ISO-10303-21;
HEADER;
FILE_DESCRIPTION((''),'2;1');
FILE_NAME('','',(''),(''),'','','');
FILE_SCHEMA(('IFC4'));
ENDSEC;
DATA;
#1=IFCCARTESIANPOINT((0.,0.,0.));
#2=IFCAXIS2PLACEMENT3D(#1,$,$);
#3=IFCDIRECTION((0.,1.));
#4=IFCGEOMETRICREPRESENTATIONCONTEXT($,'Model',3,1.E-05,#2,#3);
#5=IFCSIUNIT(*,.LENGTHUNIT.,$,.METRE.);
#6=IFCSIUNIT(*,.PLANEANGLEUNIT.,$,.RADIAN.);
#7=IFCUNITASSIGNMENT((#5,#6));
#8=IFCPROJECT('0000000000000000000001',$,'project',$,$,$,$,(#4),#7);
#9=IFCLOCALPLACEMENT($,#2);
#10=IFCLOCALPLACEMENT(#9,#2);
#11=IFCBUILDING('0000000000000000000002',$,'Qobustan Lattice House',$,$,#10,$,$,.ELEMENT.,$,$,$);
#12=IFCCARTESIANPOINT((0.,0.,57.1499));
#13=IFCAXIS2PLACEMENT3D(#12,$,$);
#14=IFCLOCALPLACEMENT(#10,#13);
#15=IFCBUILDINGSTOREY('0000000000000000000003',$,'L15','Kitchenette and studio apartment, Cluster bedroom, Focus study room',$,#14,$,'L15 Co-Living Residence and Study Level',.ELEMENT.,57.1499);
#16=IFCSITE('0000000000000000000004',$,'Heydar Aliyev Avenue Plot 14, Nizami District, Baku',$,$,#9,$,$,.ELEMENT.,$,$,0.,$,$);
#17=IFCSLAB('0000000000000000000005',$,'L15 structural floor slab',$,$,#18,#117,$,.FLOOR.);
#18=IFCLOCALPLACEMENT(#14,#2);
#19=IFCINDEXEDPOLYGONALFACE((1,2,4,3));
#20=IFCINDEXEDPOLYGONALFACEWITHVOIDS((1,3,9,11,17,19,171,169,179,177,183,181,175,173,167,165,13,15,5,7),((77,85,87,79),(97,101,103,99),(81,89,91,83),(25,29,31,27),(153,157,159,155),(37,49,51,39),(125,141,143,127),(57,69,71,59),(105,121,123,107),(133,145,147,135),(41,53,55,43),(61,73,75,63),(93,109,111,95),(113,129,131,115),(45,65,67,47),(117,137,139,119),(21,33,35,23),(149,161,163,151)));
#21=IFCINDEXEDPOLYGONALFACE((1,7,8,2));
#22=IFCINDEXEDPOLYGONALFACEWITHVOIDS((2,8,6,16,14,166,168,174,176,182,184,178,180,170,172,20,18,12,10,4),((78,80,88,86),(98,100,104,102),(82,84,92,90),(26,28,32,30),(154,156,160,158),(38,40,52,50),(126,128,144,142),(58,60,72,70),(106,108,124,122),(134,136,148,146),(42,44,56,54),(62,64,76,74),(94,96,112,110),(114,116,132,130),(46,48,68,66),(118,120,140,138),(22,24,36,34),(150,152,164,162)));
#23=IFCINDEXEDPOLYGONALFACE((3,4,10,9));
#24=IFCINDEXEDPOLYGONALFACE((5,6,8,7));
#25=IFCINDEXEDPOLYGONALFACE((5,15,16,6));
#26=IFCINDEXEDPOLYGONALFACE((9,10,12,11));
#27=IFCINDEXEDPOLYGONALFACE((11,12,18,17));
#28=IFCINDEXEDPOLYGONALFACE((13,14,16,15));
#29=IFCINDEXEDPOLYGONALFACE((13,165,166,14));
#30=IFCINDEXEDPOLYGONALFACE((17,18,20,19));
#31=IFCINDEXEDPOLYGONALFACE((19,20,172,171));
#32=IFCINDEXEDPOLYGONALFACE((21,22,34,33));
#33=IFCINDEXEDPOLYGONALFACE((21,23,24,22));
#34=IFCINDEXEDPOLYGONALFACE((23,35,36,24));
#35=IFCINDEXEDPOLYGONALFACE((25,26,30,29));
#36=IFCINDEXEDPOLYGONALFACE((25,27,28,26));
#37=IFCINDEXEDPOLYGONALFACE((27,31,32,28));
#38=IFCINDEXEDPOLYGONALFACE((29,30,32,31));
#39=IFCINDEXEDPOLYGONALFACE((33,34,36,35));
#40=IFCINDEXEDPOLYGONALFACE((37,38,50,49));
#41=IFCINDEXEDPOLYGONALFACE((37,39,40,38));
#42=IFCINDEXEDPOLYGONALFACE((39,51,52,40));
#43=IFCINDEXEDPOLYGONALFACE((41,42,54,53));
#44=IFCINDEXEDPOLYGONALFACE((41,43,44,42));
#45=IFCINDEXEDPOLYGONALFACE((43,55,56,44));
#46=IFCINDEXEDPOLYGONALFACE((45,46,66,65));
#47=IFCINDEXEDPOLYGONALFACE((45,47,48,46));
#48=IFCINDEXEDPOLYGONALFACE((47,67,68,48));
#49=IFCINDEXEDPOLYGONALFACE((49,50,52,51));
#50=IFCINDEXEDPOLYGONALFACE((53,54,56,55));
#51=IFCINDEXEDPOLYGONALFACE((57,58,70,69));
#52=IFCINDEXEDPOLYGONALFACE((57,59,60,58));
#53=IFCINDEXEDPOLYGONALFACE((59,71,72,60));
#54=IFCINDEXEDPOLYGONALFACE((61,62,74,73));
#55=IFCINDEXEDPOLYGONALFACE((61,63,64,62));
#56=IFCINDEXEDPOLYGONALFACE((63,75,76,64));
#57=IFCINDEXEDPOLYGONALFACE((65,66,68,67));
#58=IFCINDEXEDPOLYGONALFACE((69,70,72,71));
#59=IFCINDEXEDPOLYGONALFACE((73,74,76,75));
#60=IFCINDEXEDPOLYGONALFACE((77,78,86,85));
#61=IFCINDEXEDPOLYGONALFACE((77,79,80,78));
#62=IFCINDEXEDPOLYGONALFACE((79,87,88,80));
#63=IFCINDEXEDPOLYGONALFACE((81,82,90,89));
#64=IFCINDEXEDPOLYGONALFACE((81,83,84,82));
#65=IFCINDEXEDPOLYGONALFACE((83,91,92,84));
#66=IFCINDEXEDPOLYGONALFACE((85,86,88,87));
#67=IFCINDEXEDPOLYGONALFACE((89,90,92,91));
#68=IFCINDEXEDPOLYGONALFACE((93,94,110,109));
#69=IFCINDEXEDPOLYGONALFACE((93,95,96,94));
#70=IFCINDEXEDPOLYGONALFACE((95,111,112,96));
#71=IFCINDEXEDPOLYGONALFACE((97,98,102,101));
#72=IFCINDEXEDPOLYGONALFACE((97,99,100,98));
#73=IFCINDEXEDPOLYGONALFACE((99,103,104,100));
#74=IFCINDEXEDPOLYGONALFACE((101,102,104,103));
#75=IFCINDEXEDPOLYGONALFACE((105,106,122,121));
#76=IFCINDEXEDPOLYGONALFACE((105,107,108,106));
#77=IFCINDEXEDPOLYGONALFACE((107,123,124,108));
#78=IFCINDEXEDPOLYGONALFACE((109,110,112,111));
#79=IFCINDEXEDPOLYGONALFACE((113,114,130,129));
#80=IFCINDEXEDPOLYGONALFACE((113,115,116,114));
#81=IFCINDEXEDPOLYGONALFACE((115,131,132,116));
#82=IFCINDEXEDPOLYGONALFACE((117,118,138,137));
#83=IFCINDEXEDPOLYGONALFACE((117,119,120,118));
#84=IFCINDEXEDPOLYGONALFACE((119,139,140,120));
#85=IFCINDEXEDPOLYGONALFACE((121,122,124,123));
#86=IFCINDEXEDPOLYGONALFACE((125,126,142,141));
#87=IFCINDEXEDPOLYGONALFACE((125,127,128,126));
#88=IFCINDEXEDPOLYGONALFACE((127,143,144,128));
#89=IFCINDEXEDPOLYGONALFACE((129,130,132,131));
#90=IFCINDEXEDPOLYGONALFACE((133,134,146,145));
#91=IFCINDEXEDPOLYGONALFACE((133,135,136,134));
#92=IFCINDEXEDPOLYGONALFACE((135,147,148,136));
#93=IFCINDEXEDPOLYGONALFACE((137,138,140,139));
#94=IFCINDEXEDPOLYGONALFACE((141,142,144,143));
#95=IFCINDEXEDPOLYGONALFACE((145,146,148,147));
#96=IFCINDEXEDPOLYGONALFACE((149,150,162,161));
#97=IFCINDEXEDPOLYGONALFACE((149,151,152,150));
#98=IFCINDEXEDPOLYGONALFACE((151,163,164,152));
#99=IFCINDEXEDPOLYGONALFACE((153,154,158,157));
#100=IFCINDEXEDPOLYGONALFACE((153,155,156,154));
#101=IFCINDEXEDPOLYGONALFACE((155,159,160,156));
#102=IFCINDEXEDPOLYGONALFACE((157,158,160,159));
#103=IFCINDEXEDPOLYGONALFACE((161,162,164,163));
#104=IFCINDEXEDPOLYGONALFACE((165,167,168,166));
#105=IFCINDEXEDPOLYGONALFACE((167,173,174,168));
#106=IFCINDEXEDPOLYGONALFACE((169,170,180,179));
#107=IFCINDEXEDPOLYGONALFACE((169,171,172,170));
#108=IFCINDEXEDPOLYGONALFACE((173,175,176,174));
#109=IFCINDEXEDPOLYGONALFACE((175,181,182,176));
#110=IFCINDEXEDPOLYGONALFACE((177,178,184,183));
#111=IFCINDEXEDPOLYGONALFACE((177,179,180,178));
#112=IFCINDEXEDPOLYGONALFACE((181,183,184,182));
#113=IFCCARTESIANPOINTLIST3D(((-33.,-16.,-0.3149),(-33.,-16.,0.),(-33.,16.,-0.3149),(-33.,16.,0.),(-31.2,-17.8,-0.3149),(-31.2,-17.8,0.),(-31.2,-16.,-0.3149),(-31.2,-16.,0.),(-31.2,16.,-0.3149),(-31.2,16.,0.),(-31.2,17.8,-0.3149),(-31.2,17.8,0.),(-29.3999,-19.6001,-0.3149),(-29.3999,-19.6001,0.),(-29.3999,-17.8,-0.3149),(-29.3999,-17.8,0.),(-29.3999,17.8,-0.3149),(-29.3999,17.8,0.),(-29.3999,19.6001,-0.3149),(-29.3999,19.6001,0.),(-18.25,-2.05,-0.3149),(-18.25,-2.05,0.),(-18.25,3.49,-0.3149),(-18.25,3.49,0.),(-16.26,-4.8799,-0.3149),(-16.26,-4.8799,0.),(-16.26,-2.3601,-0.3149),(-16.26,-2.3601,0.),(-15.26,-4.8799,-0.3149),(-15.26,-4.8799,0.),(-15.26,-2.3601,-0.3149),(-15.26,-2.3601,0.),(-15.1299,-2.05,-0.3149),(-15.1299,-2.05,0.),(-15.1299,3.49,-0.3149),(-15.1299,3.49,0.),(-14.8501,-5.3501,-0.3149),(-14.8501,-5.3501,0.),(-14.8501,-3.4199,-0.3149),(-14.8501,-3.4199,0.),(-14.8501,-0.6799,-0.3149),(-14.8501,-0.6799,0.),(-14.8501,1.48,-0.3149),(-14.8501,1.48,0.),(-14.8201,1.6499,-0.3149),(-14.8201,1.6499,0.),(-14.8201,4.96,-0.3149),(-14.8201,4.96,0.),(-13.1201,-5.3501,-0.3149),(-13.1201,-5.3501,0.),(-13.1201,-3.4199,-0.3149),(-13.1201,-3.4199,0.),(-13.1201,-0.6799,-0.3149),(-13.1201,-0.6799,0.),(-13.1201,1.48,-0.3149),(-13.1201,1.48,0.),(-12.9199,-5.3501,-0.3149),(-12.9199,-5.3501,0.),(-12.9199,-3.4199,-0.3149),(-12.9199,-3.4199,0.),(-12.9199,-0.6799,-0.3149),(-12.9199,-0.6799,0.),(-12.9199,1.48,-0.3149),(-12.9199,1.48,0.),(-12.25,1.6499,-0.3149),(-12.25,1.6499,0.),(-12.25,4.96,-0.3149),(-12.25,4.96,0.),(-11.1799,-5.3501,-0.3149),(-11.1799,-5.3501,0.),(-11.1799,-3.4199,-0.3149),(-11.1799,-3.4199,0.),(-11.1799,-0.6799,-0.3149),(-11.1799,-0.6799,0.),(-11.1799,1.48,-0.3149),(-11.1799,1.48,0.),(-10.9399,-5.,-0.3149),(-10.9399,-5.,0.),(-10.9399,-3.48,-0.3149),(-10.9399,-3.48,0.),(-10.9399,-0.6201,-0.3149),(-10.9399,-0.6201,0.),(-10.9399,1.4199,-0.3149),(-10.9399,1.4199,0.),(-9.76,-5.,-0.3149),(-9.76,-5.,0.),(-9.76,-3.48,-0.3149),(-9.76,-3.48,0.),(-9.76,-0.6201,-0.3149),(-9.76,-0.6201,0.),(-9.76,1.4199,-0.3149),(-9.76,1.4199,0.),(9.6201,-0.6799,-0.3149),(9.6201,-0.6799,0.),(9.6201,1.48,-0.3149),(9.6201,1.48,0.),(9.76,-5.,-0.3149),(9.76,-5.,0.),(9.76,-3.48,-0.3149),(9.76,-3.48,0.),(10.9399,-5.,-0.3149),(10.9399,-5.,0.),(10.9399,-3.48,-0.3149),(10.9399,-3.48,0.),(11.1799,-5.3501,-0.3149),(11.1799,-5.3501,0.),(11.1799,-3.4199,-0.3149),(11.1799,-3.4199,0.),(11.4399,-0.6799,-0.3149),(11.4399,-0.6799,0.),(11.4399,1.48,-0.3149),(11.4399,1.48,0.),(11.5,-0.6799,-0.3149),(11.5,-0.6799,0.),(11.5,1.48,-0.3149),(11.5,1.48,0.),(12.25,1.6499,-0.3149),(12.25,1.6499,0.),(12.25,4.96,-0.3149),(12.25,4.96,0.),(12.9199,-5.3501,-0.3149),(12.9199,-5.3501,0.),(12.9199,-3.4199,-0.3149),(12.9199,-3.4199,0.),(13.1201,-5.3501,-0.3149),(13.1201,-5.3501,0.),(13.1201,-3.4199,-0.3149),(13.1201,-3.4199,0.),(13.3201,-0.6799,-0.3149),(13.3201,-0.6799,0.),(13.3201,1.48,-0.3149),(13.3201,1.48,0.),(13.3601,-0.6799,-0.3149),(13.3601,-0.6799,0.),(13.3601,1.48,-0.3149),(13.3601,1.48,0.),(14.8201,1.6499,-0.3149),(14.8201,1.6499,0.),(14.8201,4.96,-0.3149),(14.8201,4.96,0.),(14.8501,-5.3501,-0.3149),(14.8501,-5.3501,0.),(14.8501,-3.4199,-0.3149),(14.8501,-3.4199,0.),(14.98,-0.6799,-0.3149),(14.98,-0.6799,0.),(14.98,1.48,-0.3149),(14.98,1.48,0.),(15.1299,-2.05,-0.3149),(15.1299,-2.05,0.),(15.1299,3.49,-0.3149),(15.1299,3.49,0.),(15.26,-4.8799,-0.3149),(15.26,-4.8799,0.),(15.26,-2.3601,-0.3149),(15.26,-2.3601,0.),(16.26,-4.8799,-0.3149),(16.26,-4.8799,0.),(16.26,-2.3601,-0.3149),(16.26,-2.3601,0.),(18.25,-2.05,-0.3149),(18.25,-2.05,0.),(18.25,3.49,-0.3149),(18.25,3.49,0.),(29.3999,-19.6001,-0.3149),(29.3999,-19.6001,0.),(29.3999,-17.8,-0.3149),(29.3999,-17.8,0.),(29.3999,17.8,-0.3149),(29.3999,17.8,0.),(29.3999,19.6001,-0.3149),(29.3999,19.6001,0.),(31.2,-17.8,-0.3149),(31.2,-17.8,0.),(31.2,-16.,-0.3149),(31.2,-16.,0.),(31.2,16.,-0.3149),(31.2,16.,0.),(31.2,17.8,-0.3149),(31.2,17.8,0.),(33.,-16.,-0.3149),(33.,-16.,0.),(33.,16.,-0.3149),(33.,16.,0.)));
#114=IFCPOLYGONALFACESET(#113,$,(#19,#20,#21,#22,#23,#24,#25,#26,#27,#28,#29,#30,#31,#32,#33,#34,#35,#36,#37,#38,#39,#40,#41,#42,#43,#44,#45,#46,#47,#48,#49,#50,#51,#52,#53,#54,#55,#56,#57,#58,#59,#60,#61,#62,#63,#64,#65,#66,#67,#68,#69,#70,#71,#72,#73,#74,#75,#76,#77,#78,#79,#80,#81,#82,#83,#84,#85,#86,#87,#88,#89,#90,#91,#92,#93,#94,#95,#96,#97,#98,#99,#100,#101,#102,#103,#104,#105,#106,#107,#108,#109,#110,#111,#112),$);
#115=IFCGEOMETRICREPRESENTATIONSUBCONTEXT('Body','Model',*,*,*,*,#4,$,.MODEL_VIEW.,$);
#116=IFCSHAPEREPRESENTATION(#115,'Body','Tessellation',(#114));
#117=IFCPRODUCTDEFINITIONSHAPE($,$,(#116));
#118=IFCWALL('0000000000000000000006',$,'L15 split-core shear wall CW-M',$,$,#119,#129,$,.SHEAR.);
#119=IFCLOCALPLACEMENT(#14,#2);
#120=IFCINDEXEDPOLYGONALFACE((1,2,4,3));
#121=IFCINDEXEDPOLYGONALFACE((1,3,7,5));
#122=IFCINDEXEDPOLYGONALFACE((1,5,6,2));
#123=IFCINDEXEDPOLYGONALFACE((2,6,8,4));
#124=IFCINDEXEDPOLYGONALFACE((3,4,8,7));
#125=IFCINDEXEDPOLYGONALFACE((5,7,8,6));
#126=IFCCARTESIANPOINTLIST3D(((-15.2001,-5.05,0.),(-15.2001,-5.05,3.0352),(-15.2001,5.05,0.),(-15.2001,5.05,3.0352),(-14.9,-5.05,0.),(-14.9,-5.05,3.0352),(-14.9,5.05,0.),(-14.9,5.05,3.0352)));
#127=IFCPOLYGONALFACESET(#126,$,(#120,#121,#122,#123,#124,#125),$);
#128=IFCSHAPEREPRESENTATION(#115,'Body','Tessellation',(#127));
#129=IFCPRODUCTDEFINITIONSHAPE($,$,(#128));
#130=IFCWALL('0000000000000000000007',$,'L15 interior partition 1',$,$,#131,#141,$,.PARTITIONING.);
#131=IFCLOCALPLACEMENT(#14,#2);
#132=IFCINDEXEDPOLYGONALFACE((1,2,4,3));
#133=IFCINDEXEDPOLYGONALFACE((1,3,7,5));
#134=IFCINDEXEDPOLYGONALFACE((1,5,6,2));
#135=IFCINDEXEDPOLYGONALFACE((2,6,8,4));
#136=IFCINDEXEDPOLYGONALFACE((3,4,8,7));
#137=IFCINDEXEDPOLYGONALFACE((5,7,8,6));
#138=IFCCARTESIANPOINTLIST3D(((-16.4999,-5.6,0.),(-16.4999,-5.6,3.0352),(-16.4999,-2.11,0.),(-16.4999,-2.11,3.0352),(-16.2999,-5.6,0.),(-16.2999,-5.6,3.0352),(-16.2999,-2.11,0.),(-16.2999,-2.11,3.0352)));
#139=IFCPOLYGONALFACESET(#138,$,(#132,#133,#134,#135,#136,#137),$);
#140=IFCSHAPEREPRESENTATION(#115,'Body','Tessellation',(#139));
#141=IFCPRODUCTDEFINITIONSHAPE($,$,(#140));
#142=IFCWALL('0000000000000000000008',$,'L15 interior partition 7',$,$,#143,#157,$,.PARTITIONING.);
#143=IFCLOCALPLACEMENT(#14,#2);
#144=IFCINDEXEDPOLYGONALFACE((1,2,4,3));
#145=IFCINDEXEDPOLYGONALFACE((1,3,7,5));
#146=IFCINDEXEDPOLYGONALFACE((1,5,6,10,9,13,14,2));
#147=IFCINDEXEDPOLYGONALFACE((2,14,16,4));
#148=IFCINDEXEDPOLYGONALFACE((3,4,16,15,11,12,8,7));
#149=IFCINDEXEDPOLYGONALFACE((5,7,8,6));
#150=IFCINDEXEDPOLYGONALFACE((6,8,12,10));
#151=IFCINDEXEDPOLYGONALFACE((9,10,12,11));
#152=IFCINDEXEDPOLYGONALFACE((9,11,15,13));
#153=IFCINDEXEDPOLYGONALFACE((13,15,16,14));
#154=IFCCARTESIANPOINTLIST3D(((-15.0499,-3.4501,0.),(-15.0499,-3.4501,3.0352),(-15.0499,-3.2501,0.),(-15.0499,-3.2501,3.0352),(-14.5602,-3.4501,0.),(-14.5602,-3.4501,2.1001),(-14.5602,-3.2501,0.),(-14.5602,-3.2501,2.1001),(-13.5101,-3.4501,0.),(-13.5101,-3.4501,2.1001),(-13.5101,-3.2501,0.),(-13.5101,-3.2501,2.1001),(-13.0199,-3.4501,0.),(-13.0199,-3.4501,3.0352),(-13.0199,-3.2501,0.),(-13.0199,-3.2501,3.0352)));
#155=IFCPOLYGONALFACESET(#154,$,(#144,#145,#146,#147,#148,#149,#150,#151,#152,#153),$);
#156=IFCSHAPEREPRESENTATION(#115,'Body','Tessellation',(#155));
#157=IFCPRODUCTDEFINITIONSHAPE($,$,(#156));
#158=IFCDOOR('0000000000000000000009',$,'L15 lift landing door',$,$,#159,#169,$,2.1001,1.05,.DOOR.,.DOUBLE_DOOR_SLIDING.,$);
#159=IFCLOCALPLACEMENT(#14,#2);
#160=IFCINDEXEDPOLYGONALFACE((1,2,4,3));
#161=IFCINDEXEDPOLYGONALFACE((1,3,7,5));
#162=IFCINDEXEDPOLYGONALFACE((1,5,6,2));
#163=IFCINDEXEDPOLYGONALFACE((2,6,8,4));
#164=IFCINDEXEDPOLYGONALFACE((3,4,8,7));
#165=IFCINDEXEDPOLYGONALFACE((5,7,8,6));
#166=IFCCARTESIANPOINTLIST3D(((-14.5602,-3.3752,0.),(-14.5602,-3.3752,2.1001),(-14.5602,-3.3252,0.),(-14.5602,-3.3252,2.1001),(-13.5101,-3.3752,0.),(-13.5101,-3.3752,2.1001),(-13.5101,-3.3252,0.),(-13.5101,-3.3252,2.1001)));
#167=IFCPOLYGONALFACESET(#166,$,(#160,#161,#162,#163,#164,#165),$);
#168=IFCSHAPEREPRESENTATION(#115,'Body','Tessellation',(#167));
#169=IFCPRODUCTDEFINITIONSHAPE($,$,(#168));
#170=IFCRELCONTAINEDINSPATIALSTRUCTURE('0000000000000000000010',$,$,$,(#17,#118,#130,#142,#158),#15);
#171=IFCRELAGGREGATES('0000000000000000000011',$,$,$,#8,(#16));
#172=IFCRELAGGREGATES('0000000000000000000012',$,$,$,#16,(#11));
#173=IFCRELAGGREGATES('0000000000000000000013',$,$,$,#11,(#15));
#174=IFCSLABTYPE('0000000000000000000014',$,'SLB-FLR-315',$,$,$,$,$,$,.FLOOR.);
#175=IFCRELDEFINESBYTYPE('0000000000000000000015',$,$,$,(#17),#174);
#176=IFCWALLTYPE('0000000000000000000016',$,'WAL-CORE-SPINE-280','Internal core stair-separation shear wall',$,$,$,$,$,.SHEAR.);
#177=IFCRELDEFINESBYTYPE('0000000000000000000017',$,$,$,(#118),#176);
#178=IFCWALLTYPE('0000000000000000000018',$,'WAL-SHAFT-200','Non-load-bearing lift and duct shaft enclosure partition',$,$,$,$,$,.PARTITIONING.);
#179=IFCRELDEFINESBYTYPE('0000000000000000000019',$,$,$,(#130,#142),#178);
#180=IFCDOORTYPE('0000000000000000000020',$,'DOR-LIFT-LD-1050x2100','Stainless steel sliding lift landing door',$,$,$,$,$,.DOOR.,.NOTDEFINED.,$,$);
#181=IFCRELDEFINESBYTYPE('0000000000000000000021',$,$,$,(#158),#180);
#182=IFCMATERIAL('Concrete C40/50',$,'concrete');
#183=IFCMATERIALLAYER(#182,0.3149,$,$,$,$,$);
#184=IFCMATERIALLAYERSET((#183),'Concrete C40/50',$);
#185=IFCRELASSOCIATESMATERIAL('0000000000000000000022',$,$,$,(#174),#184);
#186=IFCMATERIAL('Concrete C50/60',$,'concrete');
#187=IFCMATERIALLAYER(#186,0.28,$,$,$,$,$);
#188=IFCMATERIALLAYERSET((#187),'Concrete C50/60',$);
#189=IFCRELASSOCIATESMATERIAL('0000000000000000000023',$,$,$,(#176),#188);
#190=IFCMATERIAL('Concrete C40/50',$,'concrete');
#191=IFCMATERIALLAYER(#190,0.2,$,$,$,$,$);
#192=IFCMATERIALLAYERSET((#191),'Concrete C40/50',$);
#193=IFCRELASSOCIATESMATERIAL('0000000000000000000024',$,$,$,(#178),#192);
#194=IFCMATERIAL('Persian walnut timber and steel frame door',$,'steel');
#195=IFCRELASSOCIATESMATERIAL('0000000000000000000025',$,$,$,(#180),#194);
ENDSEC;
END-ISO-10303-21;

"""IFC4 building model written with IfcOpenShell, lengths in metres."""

from ifc_helpers import new_model, si_unit, direction, frame, frame_2d, origin, place, context, subcontext, project, spatial, polyline, rectangle, outline, extrude, material, layer, layer_set, type_object, element, fill, save


model = new_model("IFC4")

# Units and contexts
model_context = context("Model", 3, precision=1e-05, world=origin(), true_north=direction((0.0, 1.0)))
body_context = subcontext(model_context, "Body", "Model", "MODEL_VIEW")
ifc_project = project(units=[si_unit("LENGTHUNIT", "METRE"), si_unit("PLANEANGLEUNIT", "RADIAN")], contexts=[model_context])

# Site, building, storey
site_placement = place(None, origin())
site = spatial("IfcSite", under=ifc_project, at=site_placement, Name="Heydar Aliyev Avenue Plot 14, Nizami District, Baku", CompositionType="ELEMENT", RefElevation=0.0)
building_placement = place(site_placement, origin())
building = spatial("IfcBuilding", under=site, at=building_placement, Name="Qobustan Lattice House", CompositionType="ELEMENT")
storey_placement = place(building_placement, frame((0.0, 0.0, 57.1499)))
storey = spatial("IfcBuildingStorey", under=building, at=storey_placement, Name="L15", Description="Kitchenette and studio apartment, Cluster bedroom, Focus study room", LongName="L15 Co-Living Residence and Study Level", CompositionType="ELEMENT", Elevation=57.1499)

# Slab
ifc_material_1 = material(Name="Concrete C40/50", Category="concrete")
ifc_layer_1 = layer(ifc_material_1, 0.3149)
ifc_layer_set_1 = layer_set([ifc_layer_1], Name="Concrete C40/50")
slab_type = type_object("IfcSlabType", Name="SLB-FLR-315", PredefinedType="FLOOR", material=ifc_layer_set_1)
slab_placement = place(storey_placement, frame((0.0, 0.0, -0.3149)))
element("IfcSlab", 1, at=slab_placement, inside=storey, type_object=slab_type, Name="L15 structural floor slab", PredefinedType="FLOOR", context=body_context, shape_type="SweptSolid", body=[
    extrude(outline(polyline([(-29.3999, -19.6001), (29.3999, -19.6001), (29.3999, -17.8), (31.2, -17.8), (31.2, -16.0), (33.0, -16.0), (33.0, 16.0), (31.2, 16.0), (31.2, 17.8), (29.3999, 17.8), (29.3999, 19.6001), (-29.3999, 19.6001), (-29.3999, 17.8), (-31.2, 17.8), (-31.2, 16.0), (-33.0, 16.0), (-33.0, -16.0), (-31.2, -16.0), (-31.2, -17.8), (-29.3999, -17.8), (-29.3999, -19.6001)]), holes=[polyline([(-18.25, -2.05), (-18.25, 3.49), (-15.1299, 3.49), (-15.1299, -2.05), (-18.25, -2.05)]), polyline([(15.1299, -2.05), (15.1299, 3.49), (18.25, 3.49), (18.25, -2.05), (15.1299, -2.05)]), polyline([(-14.8201, 1.6499), (-14.8201, 4.96), (-12.25, 4.96), (-12.25, 1.6499), (-14.8201, 1.6499)]), polyline([(12.25, 1.6499), (12.25, 4.96), (14.8201, 4.96), (14.8201, 1.6499), (12.25, 1.6499)]), polyline([(-16.26, -4.8799), (-16.26, -2.3601), (-15.26, -2.3601), (-15.26, -4.8799), (-16.26, -4.8799)]), polyline([(15.26, -4.8799), (15.26, -2.3601), (16.26, -2.3601), (16.26, -4.8799), (15.26, -4.8799)]), polyline([(-14.8501, -5.3501), (-14.8501, -3.4199), (-13.1201, -3.4199), (-13.1201, -5.3501), (-14.8501, -5.3501)]), polyline([(-12.9199, -5.3501), (-12.9199, -3.4199), (-11.1799, -3.4199), (-11.1799, -5.3501), (-12.9199, -5.3501)]), polyline([(-14.8501, -0.6799), (-14.8501, 1.48), (-13.1201, 1.48), (-13.1201, -0.6799), (-14.8501, -0.6799)]), polyline([(-12.9199, -0.6799), (-12.9199, 1.48), (-11.1799, 1.48), (-11.1799, -0.6799), (-12.9199, -0.6799)]), polyline([(-10.9399, -5.0), (-10.9399, -3.48), (-9.76, -3.48), (-9.76, -5.0), (-10.9399, -5.0)]), polyline([(-10.9399, -0.6201), (-10.9399, 1.4199), (-9.76, 1.4199), (-9.76, -0.6201), (-10.9399, -0.6201)]), polyline([(11.1799, -5.3501), (11.1799, -3.4199), (12.9199, -3.4199), (12.9199, -5.3501), (11.1799, -5.3501)]), polyline([(13.1201, -5.3501), (13.1201, -3.4199), (14.8501, -3.4199), (14.8501, -5.3501), (13.1201, -5.3501)]), polyline([(9.76, -5.0), (9.76, -3.48), (10.9399, -3.48), (10.9399, -5.0), (9.76, -5.0)]), polyline([(13.3601, -0.6799), (13.3601, 1.48), (14.98, 1.48), (14.98, -0.6799), (13.3601, -0.6799)]), polyline([(9.6201, -0.6799), (9.6201, 1.48), (11.4399, 1.48), (11.4399, -0.6799), (9.6201, -0.6799)]), polyline([(11.5, -0.6799), (11.5, 1.48), (13.3201, 1.48), (13.3201, -0.6799), (11.5, -0.6799)])]), origin(), (0.0, 0.0, 1.0), 0.3149),
])

# Wall
ifc_material_2 = material(Name="Concrete C50/60", Category="concrete")
ifc_layer_2 = layer(ifc_material_2, 0.28)
ifc_layer_set_2 = layer_set([ifc_layer_2], Name="Concrete C50/60")
wall_type_1 = type_object("IfcWallType", Name="WAL-CORE-SPINE-280", Description="Internal core stair-separation shear wall", PredefinedType="SHEAR", material=ifc_layer_set_2)
wall_1_placement = place(storey_placement, frame((-15.05, -5.05, 0.0), z_axis=(0.0, 0.0, 1.0), x_axis=(0.0, 1.0, 0.0)))
element("IfcWall", 2, at=wall_1_placement, inside=storey, type_object=wall_type_1, Name="L15 split-core shear wall CW-M", PredefinedType="SHEAR", context=body_context, shape_type="SweptSolid", body=[
    extrude(rectangle(XDim=10.1001, YDim=0.3, at=frame_2d((5.05, 0.0))), origin(), (0.0, 0.0, 1.0), 3.0352),
])

# Wall
ifc_material_3 = material(Name="Concrete C40/50", Category="concrete")
ifc_layer_3 = layer(ifc_material_3, 0.2)
ifc_layer_set_3 = layer_set([ifc_layer_3], Name="Concrete C40/50")
wall_type_2 = type_object("IfcWallType", Name="WAL-SHAFT-200", Description="Non-load-bearing lift and duct shaft enclosure partition", PredefinedType="PARTITIONING", material=ifc_layer_set_3)
wall_2_placement = place(storey_placement, frame((-16.3999, -5.6001, 0.0), z_axis=(0.0, 0.0, 1.0), x_axis=(0.0, 1.0, 0.0)))
element("IfcWall", 3, at=wall_2_placement, inside=storey, type_object=wall_type_2, Name="L15 interior partition 1", PredefinedType="PARTITIONING", context=body_context, shape_type="SweptSolid", body=[
    extrude(rectangle(XDim=3.49, YDim=0.2, at=frame_2d((1.7451, 0.0))), origin(), (0.0, 0.0, 1.0), 3.0352),
])

# Wall, opening, door
wall_3_placement = place(storey_placement, frame((-15.05, -3.3501, 0.0), z_axis=(0.0, 0.0, 1.0), x_axis=(1.0, 0.0, 0.0)))
wall_3 = element("IfcWall", 4, at=wall_3_placement, inside=storey, type_object=wall_type_2, Name="L15 interior partition 7", PredefinedType="PARTITIONING", context=body_context, shape_type="SweptSolid", body=[
    extrude(rectangle(XDim=2.03, YDim=0.2, at=frame_2d((1.0151, 0.0))), origin(), (0.0, 0.0, 1.0), 3.0352),
])
opening_1_placement = place(wall_3_placement, frame((0.49, 0.0, 0.0)))
opening_1 = element("IfcOpeningElement", 5, at=opening_1_placement, cuts=wall_3, PredefinedType="OPENING", context=body_context, shape_type="SweptSolid", body=[
    extrude(rectangle(XDim=1.05, YDim=2.1001, at=frame_2d((0.5249, 1.05))), frame((0.0, 0.1099, 0.0), z_axis=(0.0, -1.0, 0.0), x_axis=(1.0, 0.0, 0.0)), (0.0, 0.0, 1.0), 0.22),
])
ifc_material_4 = material(Name="Persian walnut timber and steel frame door", Category="steel")
door_type_1 = type_object("IfcDoorType", Name="DOR-LIFT-LD-1050x2100", Description="Stainless steel sliding lift landing door", OperationType="NOTDEFINED", PredefinedType="DOOR", material=ifc_material_4)
door_1_placement = place(opening_1_placement, origin())
door_1 = element("IfcDoor", 6, at=door_1_placement, inside=storey, type_object=door_type_1, Name="L15 lift landing door", OperationType="DOUBLE_DOOR_SLIDING", OverallHeight=2.1001, OverallWidth=1.05, PredefinedType="DOOR", context=body_context, shape_type="SweptSolid", body=[
    extrude(rectangle(XDim=1.05, YDim=2.1001, at=frame_2d((0.5249, 1.05))), frame((0.0, 0.0249, 0.0), z_axis=(0.0, -1.0, 0.0), x_axis=(1.0, 0.0, 0.0)), (0.0, 0.0, 1.0), 0.05),
])
fill(opening_1, door_1)

save(model, "model.ifc")
